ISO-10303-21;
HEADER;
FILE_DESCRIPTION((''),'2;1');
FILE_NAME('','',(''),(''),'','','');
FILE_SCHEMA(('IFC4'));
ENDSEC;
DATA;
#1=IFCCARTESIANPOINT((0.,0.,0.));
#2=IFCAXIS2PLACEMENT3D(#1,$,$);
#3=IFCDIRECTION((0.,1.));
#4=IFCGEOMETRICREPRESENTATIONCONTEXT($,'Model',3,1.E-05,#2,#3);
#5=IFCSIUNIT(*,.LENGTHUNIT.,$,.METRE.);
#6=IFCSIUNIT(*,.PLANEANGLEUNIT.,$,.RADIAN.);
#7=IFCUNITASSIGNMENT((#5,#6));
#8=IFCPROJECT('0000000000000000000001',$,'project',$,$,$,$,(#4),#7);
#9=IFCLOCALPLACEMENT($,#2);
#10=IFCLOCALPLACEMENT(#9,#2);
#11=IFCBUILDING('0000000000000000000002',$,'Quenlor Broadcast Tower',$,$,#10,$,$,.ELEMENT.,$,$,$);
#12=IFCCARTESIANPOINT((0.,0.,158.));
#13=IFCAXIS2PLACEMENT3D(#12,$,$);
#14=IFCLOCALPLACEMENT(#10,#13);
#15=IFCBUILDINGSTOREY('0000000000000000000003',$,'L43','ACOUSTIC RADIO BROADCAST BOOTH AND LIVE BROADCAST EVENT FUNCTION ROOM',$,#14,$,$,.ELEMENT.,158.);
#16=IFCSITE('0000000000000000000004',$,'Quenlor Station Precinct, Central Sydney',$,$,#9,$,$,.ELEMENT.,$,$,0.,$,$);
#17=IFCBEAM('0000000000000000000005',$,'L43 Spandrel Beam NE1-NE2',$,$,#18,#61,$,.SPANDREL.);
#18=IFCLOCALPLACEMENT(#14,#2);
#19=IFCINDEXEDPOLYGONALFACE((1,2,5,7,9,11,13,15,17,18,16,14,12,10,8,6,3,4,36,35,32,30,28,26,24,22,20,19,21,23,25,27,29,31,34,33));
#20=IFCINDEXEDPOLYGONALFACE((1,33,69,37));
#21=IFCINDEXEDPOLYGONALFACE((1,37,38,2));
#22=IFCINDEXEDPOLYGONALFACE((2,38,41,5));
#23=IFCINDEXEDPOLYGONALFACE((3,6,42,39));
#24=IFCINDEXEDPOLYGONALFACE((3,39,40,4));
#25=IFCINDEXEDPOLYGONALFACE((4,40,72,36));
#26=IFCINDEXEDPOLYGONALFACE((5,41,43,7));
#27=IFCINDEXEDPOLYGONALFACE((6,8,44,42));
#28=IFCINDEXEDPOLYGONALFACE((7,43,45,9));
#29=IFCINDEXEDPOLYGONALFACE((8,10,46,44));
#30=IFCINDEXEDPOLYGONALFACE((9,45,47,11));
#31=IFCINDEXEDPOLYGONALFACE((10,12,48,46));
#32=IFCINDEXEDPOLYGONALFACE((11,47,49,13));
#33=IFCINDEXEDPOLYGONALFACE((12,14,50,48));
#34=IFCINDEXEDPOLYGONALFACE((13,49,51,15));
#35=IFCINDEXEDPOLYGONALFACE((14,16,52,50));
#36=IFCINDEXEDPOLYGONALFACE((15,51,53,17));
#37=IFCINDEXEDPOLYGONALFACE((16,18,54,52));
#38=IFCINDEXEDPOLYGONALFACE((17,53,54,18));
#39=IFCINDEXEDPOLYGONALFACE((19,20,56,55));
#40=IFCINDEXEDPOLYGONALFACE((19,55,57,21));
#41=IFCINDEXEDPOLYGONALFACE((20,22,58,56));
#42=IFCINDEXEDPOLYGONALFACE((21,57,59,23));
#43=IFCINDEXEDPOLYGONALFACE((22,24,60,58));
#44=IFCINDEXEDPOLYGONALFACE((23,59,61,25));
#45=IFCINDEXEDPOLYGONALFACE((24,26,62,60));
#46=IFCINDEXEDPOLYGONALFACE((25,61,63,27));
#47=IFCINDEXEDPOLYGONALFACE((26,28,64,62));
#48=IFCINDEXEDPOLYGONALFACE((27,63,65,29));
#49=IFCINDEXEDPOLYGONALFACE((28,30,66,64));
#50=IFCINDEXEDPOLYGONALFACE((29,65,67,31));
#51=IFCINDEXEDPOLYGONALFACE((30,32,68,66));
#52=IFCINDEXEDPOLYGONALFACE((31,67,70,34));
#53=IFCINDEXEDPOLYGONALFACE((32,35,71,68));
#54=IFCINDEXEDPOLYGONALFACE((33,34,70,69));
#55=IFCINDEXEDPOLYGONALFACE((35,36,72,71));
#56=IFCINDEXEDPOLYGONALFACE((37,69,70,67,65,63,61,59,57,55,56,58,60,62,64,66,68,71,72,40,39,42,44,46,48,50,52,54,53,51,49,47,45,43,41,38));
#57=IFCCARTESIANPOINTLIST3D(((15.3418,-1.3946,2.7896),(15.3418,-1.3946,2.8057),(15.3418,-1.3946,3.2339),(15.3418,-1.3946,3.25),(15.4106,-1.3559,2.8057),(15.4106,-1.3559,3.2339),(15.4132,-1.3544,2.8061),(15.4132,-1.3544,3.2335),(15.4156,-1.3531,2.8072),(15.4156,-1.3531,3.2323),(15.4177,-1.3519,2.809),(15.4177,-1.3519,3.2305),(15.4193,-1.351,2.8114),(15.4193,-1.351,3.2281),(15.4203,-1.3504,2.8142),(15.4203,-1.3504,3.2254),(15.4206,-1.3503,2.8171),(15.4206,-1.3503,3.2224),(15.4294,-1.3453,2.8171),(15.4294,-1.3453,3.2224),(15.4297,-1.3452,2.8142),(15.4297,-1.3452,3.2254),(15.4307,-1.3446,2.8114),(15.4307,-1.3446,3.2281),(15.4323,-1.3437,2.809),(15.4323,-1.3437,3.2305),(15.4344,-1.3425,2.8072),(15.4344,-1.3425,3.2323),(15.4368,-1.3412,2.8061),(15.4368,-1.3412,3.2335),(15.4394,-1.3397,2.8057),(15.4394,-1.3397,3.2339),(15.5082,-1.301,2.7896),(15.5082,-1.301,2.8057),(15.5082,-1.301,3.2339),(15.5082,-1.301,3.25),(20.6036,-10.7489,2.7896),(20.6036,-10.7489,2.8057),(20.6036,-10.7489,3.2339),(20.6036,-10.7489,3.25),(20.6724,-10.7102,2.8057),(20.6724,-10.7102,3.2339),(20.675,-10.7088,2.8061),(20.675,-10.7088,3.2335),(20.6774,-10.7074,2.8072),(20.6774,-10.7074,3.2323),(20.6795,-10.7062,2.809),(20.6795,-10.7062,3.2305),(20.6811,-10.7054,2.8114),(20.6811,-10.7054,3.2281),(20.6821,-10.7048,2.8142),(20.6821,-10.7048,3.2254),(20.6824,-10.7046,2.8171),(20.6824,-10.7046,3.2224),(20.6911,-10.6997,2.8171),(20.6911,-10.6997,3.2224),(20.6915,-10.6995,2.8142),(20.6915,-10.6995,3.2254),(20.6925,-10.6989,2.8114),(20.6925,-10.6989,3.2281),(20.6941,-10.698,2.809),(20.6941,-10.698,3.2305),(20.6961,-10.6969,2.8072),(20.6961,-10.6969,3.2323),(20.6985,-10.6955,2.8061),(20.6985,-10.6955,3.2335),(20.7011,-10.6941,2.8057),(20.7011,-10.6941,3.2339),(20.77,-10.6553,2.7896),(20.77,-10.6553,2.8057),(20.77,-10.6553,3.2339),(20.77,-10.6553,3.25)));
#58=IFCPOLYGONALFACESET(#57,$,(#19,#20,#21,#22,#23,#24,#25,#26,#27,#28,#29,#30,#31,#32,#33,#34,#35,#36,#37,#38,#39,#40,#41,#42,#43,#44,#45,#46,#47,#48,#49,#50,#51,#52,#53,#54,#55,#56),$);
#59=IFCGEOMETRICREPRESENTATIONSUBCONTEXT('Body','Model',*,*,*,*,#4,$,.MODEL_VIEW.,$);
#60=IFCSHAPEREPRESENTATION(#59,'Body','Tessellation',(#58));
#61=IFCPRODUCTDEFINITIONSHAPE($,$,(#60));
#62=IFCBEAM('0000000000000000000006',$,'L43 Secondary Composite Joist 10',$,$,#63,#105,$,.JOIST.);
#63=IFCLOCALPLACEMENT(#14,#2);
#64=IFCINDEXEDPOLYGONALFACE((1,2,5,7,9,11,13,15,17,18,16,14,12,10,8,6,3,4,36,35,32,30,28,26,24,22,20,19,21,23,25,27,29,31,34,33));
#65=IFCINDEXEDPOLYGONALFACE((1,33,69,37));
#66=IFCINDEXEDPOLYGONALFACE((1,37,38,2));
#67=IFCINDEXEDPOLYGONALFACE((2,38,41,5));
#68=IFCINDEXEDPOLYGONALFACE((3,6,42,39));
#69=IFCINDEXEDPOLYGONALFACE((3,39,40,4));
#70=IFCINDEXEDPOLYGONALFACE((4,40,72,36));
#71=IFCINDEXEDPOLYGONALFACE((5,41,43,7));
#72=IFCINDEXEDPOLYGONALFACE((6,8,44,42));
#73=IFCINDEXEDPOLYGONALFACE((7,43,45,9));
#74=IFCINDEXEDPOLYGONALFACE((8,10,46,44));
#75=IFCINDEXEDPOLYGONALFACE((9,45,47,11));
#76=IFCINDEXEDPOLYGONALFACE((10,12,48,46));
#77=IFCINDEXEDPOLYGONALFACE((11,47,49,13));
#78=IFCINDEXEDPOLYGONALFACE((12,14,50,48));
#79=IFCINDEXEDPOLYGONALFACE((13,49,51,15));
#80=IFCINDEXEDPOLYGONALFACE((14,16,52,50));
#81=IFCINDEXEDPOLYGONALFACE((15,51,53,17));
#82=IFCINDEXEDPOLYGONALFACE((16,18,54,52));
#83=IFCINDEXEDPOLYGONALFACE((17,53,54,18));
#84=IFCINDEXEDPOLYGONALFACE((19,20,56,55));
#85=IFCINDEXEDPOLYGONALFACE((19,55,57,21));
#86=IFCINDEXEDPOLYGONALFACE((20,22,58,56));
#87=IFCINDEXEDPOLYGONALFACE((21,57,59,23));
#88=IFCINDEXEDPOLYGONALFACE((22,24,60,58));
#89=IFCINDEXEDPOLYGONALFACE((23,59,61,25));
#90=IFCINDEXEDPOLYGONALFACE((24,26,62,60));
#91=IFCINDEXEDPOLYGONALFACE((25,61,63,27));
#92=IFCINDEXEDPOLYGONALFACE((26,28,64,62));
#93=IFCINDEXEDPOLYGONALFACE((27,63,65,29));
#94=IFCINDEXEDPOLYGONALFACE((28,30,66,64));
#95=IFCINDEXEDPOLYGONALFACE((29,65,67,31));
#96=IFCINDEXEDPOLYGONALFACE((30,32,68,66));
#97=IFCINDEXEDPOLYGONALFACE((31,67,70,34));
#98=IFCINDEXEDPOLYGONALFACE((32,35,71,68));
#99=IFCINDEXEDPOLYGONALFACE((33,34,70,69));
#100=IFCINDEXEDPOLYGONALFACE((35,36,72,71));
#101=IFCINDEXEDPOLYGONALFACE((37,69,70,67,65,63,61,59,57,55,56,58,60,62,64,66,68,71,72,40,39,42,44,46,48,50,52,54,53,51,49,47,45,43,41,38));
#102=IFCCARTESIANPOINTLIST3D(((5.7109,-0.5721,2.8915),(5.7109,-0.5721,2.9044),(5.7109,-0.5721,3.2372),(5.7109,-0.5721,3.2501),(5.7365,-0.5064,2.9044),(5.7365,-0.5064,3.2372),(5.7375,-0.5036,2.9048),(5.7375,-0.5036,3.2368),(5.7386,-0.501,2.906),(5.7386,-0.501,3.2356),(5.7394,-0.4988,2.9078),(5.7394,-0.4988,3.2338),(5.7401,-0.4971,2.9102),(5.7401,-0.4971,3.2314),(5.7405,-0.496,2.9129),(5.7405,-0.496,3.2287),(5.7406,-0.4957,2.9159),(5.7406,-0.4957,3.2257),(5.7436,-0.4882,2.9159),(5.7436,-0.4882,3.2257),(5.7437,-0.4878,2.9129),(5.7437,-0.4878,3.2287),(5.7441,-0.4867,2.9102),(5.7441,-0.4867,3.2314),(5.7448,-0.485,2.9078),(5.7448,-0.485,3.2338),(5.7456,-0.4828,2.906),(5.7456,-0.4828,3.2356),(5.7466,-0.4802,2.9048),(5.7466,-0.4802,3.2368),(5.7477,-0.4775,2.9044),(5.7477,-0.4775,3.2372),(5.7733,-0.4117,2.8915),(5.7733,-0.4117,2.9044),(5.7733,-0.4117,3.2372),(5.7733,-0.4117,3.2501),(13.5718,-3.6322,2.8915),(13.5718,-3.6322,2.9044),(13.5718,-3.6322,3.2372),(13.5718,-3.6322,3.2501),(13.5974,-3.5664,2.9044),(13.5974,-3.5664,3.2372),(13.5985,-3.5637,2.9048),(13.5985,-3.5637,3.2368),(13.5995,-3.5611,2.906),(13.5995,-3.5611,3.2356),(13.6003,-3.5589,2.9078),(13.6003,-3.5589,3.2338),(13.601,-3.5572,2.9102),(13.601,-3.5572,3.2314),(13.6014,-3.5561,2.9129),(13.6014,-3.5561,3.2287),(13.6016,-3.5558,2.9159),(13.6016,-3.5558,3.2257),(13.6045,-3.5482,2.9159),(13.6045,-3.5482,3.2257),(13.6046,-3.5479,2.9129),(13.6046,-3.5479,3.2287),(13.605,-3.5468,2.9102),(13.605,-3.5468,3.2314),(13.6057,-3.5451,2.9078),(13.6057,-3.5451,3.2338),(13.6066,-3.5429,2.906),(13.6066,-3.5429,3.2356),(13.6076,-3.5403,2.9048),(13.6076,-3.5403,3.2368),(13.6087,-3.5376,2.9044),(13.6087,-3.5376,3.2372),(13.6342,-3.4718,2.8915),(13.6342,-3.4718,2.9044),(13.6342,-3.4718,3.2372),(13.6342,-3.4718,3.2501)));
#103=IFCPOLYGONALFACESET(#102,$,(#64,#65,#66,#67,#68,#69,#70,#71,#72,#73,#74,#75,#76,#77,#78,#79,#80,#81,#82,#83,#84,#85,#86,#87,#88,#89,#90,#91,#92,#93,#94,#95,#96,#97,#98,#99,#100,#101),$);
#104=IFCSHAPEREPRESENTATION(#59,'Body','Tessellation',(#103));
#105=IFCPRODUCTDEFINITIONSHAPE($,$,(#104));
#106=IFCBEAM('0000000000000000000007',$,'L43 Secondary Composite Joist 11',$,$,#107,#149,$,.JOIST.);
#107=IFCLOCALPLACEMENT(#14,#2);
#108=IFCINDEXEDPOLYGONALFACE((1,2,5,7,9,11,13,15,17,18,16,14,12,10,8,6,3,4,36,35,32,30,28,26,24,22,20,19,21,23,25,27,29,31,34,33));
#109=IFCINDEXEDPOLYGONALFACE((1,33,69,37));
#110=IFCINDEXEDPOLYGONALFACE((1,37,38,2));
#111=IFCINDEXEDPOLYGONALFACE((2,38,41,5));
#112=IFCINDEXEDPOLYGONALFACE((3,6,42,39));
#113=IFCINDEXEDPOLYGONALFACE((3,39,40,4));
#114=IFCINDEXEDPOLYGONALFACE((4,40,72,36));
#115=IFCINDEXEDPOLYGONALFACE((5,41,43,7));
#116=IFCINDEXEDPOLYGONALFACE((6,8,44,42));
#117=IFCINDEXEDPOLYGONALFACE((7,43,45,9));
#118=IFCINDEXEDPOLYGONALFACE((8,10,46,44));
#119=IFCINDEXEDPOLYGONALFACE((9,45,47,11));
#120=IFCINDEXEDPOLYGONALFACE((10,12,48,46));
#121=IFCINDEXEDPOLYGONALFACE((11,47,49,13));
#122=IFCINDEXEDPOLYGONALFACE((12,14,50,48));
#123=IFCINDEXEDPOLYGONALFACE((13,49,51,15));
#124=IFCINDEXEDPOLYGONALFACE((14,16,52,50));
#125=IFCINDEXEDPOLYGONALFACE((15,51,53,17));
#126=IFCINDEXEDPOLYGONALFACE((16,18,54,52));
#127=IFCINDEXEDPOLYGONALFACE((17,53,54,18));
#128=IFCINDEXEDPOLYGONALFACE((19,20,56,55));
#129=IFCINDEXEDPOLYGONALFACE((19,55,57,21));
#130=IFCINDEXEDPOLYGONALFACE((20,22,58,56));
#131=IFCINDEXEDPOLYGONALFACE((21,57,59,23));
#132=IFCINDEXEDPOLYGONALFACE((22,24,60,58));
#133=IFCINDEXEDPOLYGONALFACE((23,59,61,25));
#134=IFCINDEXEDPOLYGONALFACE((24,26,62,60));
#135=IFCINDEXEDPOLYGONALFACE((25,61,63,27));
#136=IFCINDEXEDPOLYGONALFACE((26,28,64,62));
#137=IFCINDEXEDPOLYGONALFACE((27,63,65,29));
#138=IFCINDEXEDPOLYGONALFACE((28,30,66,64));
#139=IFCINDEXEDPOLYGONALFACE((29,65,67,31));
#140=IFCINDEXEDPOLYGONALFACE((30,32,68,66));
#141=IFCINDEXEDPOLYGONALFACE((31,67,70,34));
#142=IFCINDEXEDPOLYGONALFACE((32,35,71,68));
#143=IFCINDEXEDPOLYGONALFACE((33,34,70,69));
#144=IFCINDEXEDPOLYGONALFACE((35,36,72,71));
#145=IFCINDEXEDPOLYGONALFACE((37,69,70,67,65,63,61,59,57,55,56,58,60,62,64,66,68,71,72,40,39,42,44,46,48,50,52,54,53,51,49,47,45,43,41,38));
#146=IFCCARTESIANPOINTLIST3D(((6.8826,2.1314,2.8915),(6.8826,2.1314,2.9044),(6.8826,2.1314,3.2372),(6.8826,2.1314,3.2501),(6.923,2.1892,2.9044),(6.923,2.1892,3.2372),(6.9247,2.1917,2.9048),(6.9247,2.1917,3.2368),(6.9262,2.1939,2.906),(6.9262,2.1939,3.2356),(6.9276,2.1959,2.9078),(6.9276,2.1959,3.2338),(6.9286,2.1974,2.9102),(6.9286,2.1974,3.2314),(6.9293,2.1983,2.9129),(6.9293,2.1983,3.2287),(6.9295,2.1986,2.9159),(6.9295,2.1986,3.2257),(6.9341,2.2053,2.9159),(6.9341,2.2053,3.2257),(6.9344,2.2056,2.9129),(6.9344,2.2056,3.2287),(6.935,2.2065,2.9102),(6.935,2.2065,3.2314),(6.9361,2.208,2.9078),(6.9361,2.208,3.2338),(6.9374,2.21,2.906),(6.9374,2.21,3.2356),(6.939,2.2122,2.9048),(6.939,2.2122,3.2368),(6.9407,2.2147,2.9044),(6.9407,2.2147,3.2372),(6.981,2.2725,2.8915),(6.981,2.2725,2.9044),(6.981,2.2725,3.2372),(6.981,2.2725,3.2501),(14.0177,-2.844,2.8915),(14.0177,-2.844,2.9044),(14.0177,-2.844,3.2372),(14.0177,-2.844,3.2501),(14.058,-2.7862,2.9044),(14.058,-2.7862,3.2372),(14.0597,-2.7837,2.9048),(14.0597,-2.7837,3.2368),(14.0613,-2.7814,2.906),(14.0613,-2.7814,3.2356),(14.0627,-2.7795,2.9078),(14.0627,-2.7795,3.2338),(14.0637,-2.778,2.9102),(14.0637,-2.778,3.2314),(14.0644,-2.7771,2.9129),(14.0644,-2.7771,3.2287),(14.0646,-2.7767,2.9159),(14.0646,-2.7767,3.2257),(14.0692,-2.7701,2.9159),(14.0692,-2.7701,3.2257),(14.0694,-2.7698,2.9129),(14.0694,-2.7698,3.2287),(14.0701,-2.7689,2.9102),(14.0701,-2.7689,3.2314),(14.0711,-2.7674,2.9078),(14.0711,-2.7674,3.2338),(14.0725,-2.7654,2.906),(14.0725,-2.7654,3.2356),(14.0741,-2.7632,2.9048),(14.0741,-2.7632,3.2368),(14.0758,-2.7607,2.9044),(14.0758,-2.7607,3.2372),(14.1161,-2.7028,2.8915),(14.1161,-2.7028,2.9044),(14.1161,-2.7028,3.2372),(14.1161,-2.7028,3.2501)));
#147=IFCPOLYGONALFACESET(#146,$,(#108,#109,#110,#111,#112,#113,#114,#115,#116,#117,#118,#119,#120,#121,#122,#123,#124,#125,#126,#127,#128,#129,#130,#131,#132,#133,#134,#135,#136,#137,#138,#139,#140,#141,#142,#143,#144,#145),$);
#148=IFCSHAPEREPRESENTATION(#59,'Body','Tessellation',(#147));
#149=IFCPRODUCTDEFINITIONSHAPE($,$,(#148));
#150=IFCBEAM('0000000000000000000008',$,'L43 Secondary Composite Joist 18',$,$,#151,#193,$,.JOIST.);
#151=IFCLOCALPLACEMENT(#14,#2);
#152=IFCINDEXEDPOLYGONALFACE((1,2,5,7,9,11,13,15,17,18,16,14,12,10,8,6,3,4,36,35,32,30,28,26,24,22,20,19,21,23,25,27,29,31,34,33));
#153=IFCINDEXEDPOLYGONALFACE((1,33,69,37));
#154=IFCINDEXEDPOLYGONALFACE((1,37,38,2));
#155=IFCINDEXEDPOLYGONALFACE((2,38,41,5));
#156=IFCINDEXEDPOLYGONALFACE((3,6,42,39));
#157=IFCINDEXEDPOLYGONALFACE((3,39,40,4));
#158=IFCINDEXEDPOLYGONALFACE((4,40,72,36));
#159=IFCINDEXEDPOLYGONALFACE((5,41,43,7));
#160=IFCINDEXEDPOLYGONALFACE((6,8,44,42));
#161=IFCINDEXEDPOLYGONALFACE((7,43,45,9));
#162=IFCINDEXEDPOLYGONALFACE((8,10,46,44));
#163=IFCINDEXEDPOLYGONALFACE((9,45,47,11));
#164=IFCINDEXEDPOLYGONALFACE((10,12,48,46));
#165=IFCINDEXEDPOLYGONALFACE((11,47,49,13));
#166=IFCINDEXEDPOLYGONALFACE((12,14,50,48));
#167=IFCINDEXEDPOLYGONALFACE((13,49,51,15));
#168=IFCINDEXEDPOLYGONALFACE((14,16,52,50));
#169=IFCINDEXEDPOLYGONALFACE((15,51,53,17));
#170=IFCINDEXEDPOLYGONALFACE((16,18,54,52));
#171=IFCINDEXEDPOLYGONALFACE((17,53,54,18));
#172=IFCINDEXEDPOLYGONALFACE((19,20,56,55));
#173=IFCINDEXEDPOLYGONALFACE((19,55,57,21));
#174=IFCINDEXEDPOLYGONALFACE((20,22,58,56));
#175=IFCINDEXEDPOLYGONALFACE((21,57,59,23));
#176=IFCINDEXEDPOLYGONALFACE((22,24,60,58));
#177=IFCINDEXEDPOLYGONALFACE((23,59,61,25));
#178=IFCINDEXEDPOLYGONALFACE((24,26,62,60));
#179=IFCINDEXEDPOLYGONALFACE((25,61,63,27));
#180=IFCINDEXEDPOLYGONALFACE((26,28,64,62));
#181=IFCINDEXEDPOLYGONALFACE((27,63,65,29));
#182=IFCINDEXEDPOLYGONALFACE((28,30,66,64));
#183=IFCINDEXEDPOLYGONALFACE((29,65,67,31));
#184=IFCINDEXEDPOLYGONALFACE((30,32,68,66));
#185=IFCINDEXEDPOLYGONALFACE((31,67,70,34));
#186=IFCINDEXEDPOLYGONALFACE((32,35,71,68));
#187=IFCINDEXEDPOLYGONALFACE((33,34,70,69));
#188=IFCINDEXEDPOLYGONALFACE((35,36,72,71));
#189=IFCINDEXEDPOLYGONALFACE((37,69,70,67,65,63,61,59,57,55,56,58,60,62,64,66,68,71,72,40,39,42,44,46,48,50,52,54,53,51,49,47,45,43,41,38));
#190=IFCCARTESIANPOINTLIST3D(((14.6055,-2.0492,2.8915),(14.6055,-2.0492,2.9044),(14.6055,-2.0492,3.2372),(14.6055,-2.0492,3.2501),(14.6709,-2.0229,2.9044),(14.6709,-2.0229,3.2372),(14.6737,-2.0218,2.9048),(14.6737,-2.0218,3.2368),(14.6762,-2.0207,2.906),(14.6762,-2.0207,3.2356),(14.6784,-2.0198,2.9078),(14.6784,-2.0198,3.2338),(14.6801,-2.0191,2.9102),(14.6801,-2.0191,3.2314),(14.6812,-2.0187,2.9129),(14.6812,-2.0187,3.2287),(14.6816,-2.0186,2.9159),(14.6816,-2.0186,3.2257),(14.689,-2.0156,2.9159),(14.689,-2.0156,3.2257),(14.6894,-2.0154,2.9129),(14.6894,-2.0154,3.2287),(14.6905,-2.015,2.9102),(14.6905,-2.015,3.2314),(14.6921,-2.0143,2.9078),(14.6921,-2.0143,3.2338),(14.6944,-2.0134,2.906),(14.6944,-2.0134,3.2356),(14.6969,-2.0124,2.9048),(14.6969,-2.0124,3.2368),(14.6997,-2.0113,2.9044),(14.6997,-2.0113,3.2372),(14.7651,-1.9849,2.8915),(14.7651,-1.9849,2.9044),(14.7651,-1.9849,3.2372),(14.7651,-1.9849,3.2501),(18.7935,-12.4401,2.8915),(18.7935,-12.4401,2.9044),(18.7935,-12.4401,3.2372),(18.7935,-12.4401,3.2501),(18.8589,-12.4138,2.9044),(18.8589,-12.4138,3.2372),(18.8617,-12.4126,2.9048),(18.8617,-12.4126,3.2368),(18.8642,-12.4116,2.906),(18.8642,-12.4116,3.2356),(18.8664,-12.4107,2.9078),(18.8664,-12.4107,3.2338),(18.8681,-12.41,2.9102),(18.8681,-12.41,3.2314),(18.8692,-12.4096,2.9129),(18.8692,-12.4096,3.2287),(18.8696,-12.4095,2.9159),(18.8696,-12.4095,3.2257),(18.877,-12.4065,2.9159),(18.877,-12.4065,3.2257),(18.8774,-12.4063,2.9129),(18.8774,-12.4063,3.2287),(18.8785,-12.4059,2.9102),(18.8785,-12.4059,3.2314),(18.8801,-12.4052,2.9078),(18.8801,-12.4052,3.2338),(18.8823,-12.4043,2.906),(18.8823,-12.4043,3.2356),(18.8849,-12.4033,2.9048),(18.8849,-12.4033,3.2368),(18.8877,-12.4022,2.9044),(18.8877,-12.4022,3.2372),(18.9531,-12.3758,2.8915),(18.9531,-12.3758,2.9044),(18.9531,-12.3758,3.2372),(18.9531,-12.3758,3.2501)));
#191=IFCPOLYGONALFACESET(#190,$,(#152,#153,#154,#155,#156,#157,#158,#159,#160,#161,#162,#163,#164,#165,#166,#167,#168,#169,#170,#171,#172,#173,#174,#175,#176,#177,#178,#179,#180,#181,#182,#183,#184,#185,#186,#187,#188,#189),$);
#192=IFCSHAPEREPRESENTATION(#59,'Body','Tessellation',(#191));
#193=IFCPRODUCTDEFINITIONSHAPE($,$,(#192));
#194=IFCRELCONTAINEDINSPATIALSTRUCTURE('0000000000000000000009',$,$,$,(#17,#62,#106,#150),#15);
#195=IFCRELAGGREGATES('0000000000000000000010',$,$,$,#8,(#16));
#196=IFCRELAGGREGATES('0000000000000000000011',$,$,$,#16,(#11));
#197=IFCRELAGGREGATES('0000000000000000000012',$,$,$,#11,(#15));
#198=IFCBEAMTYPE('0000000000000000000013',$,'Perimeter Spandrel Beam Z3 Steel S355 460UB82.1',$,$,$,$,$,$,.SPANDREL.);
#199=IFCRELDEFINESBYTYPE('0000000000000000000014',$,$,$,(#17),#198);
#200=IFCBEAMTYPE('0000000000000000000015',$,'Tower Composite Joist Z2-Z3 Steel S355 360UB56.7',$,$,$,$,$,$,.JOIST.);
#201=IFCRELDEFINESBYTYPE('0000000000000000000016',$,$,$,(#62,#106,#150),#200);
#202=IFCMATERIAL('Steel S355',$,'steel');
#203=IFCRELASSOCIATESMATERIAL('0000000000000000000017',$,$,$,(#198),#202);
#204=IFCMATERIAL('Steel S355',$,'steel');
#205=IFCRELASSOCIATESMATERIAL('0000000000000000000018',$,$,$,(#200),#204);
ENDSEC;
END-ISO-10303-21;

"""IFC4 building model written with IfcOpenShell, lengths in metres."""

from ifc_helpers import new_model, si_unit, direction, frame, origin, origin_2d, place, context, subcontext, project, spatial, i_section, extrude, material, material_profile, profile_set, type_object, element, save


model = new_model("IFC4")

# Units and contexts
model_context = context("Model", 3, precision=1e-05, world=origin(), true_north=direction((0.0, 1.0)))
body_context = subcontext(model_context, "Body", "Model", "MODEL_VIEW")
ifc_project = project(units=[si_unit("LENGTHUNIT", "METRE"), si_unit("PLANEANGLEUNIT", "RADIAN")], contexts=[model_context])

# Site, building, storey
site_placement = place(None, origin())
site = spatial("IfcSite", under=ifc_project, at=site_placement, Name="Quenlor Station Precinct, Central Sydney", CompositionType="ELEMENT", RefElevation=0.0)
building_placement = place(site_placement, origin())
building = spatial("IfcBuilding", under=site, at=building_placement, Name="Quenlor Broadcast Tower", CompositionType="ELEMENT")
storey_placement = place(building_placement, frame((0.0, 0.0, 158.0)))
storey = spatial("IfcBuildingStorey", under=building, at=storey_placement, Name="L43", Description="ACOUSTIC RADIO BROADCAST BOOTH AND LIVE BROADCAST EVENT FUNCTION ROOM", CompositionType="ELEMENT", Elevation=158.0)

# Beams
ifc_material_1 = material(Name="Steel S355", Category="steel")
ifc_material_profile_1 = material_profile(ifc_material_1, i_section(OverallWidth=0.1909, OverallDepth=0.4604, WebThickness=0.01, FlangeThickness=0.0161, FilletRadius=0.0115, at=origin_2d()))
ifc_profile_set_1 = profile_set([ifc_material_profile_1], Name="Steel S355 460UB82.1")
beam_type_1 = type_object("IfcBeamType", Name="Perimeter Spandrel Beam Z3 Steel S355 460UB82.1", PredefinedType="SPANDREL", material=ifc_profile_set_1)
beam_1_placement = place(storey_placement, frame((20.6868, -10.7021, 3.0198), z_axis=(-0.490258, 0.871577, 0.0), x_axis=(-0.871577, -0.490258, 0.0)))
element("IfcBeam", 1, at=beam_1_placement, inside=storey, type_object=beam_type_1, Name="L43 Spandrel Beam NE1-NE2", PredefinedType="SPANDREL", context=body_context, shape_type="SweptSolid", body=[
    extrude(i_section(OverallWidth=0.1909, OverallDepth=0.4604, WebThickness=0.01, FlangeThickness=0.0161, FilletRadius=0.0115, at=origin_2d()), origin(), (0.0, 0.0, 1.0), 10.7327),
])
ifc_material_2 = material(Name="Steel S355", Category="steel")
ifc_material_profile_2 = material_profile(ifc_material_2, i_section(OverallWidth=0.1721, OverallDepth=0.3586, WebThickness=0.0081, FlangeThickness=0.0129, FilletRadius=0.0115, at=origin_2d()))
ifc_profile_set_2 = profile_set([ifc_material_profile_2], Name="Steel S355 360UB56.7")
beam_type_2 = type_object("IfcBeamType", Name="Tower Composite Joist Z2-Z3 Steel S355 360UB56.7", PredefinedType="JOIST", material=ifc_profile_set_2)
beam_2_placement = place(storey_placement, frame((13.603, -3.552, 3.0708), z_axis=(-0.931882, 0.362762, 0.0), x_axis=(-0.362762, -0.931882, 0.0)))
element("IfcBeam", 2, at=beam_2_placement, inside=storey, type_object=beam_type_2, Name="L43 Secondary Composite Joist 10", PredefinedType="JOIST", context=body_context, shape_type="SweptSolid", body=[
    extrude(i_section(OverallWidth=0.1721, OverallDepth=0.3586, WebThickness=0.0081, FlangeThickness=0.0129, FilletRadius=0.0115, at=origin_2d()), origin(), (0.0, 0.0, 1.0), 8.4355),
])
beam_3_placement = place(storey_placement, frame((14.0669, -2.7734, 3.0708), z_axis=(-0.820266, 0.571983, 0.0), x_axis=(-0.571983, -0.820266, 0.0)))
element("IfcBeam", 3, at=beam_3_placement, inside=storey, type_object=beam_type_2, Name="L43 Secondary Composite Joist 11", PredefinedType="JOIST", context=body_context, shape_type="SweptSolid", body=[
    extrude(i_section(OverallWidth=0.1721, OverallDepth=0.3586, WebThickness=0.0081, FlangeThickness=0.0129, FilletRadius=0.0115, at=origin_2d()), origin(), (0.0, 0.0, 1.0), 8.6985),
])
beam_4_placement = place(storey_placement, frame((18.8733, -12.408, 3.0708), z_axis=(-0.373824, 0.9275, 0.0), x_axis=(-0.9275, -0.373824, 0.0)))
element("IfcBeam", 4, at=beam_4_placement, inside=storey, type_object=beam_type_2, Name="L43 Secondary Composite Joist 18", PredefinedType="JOIST", context=body_context, shape_type="SweptSolid", body=[
    extrude(i_section(OverallWidth=0.1721, OverallDepth=0.3586, WebThickness=0.0081, FlangeThickness=0.0129, FilletRadius=0.0115, at=origin_2d()), origin(), (0.0, 0.0, 1.0), 11.2031),
])

save(model, "model.ifc")
